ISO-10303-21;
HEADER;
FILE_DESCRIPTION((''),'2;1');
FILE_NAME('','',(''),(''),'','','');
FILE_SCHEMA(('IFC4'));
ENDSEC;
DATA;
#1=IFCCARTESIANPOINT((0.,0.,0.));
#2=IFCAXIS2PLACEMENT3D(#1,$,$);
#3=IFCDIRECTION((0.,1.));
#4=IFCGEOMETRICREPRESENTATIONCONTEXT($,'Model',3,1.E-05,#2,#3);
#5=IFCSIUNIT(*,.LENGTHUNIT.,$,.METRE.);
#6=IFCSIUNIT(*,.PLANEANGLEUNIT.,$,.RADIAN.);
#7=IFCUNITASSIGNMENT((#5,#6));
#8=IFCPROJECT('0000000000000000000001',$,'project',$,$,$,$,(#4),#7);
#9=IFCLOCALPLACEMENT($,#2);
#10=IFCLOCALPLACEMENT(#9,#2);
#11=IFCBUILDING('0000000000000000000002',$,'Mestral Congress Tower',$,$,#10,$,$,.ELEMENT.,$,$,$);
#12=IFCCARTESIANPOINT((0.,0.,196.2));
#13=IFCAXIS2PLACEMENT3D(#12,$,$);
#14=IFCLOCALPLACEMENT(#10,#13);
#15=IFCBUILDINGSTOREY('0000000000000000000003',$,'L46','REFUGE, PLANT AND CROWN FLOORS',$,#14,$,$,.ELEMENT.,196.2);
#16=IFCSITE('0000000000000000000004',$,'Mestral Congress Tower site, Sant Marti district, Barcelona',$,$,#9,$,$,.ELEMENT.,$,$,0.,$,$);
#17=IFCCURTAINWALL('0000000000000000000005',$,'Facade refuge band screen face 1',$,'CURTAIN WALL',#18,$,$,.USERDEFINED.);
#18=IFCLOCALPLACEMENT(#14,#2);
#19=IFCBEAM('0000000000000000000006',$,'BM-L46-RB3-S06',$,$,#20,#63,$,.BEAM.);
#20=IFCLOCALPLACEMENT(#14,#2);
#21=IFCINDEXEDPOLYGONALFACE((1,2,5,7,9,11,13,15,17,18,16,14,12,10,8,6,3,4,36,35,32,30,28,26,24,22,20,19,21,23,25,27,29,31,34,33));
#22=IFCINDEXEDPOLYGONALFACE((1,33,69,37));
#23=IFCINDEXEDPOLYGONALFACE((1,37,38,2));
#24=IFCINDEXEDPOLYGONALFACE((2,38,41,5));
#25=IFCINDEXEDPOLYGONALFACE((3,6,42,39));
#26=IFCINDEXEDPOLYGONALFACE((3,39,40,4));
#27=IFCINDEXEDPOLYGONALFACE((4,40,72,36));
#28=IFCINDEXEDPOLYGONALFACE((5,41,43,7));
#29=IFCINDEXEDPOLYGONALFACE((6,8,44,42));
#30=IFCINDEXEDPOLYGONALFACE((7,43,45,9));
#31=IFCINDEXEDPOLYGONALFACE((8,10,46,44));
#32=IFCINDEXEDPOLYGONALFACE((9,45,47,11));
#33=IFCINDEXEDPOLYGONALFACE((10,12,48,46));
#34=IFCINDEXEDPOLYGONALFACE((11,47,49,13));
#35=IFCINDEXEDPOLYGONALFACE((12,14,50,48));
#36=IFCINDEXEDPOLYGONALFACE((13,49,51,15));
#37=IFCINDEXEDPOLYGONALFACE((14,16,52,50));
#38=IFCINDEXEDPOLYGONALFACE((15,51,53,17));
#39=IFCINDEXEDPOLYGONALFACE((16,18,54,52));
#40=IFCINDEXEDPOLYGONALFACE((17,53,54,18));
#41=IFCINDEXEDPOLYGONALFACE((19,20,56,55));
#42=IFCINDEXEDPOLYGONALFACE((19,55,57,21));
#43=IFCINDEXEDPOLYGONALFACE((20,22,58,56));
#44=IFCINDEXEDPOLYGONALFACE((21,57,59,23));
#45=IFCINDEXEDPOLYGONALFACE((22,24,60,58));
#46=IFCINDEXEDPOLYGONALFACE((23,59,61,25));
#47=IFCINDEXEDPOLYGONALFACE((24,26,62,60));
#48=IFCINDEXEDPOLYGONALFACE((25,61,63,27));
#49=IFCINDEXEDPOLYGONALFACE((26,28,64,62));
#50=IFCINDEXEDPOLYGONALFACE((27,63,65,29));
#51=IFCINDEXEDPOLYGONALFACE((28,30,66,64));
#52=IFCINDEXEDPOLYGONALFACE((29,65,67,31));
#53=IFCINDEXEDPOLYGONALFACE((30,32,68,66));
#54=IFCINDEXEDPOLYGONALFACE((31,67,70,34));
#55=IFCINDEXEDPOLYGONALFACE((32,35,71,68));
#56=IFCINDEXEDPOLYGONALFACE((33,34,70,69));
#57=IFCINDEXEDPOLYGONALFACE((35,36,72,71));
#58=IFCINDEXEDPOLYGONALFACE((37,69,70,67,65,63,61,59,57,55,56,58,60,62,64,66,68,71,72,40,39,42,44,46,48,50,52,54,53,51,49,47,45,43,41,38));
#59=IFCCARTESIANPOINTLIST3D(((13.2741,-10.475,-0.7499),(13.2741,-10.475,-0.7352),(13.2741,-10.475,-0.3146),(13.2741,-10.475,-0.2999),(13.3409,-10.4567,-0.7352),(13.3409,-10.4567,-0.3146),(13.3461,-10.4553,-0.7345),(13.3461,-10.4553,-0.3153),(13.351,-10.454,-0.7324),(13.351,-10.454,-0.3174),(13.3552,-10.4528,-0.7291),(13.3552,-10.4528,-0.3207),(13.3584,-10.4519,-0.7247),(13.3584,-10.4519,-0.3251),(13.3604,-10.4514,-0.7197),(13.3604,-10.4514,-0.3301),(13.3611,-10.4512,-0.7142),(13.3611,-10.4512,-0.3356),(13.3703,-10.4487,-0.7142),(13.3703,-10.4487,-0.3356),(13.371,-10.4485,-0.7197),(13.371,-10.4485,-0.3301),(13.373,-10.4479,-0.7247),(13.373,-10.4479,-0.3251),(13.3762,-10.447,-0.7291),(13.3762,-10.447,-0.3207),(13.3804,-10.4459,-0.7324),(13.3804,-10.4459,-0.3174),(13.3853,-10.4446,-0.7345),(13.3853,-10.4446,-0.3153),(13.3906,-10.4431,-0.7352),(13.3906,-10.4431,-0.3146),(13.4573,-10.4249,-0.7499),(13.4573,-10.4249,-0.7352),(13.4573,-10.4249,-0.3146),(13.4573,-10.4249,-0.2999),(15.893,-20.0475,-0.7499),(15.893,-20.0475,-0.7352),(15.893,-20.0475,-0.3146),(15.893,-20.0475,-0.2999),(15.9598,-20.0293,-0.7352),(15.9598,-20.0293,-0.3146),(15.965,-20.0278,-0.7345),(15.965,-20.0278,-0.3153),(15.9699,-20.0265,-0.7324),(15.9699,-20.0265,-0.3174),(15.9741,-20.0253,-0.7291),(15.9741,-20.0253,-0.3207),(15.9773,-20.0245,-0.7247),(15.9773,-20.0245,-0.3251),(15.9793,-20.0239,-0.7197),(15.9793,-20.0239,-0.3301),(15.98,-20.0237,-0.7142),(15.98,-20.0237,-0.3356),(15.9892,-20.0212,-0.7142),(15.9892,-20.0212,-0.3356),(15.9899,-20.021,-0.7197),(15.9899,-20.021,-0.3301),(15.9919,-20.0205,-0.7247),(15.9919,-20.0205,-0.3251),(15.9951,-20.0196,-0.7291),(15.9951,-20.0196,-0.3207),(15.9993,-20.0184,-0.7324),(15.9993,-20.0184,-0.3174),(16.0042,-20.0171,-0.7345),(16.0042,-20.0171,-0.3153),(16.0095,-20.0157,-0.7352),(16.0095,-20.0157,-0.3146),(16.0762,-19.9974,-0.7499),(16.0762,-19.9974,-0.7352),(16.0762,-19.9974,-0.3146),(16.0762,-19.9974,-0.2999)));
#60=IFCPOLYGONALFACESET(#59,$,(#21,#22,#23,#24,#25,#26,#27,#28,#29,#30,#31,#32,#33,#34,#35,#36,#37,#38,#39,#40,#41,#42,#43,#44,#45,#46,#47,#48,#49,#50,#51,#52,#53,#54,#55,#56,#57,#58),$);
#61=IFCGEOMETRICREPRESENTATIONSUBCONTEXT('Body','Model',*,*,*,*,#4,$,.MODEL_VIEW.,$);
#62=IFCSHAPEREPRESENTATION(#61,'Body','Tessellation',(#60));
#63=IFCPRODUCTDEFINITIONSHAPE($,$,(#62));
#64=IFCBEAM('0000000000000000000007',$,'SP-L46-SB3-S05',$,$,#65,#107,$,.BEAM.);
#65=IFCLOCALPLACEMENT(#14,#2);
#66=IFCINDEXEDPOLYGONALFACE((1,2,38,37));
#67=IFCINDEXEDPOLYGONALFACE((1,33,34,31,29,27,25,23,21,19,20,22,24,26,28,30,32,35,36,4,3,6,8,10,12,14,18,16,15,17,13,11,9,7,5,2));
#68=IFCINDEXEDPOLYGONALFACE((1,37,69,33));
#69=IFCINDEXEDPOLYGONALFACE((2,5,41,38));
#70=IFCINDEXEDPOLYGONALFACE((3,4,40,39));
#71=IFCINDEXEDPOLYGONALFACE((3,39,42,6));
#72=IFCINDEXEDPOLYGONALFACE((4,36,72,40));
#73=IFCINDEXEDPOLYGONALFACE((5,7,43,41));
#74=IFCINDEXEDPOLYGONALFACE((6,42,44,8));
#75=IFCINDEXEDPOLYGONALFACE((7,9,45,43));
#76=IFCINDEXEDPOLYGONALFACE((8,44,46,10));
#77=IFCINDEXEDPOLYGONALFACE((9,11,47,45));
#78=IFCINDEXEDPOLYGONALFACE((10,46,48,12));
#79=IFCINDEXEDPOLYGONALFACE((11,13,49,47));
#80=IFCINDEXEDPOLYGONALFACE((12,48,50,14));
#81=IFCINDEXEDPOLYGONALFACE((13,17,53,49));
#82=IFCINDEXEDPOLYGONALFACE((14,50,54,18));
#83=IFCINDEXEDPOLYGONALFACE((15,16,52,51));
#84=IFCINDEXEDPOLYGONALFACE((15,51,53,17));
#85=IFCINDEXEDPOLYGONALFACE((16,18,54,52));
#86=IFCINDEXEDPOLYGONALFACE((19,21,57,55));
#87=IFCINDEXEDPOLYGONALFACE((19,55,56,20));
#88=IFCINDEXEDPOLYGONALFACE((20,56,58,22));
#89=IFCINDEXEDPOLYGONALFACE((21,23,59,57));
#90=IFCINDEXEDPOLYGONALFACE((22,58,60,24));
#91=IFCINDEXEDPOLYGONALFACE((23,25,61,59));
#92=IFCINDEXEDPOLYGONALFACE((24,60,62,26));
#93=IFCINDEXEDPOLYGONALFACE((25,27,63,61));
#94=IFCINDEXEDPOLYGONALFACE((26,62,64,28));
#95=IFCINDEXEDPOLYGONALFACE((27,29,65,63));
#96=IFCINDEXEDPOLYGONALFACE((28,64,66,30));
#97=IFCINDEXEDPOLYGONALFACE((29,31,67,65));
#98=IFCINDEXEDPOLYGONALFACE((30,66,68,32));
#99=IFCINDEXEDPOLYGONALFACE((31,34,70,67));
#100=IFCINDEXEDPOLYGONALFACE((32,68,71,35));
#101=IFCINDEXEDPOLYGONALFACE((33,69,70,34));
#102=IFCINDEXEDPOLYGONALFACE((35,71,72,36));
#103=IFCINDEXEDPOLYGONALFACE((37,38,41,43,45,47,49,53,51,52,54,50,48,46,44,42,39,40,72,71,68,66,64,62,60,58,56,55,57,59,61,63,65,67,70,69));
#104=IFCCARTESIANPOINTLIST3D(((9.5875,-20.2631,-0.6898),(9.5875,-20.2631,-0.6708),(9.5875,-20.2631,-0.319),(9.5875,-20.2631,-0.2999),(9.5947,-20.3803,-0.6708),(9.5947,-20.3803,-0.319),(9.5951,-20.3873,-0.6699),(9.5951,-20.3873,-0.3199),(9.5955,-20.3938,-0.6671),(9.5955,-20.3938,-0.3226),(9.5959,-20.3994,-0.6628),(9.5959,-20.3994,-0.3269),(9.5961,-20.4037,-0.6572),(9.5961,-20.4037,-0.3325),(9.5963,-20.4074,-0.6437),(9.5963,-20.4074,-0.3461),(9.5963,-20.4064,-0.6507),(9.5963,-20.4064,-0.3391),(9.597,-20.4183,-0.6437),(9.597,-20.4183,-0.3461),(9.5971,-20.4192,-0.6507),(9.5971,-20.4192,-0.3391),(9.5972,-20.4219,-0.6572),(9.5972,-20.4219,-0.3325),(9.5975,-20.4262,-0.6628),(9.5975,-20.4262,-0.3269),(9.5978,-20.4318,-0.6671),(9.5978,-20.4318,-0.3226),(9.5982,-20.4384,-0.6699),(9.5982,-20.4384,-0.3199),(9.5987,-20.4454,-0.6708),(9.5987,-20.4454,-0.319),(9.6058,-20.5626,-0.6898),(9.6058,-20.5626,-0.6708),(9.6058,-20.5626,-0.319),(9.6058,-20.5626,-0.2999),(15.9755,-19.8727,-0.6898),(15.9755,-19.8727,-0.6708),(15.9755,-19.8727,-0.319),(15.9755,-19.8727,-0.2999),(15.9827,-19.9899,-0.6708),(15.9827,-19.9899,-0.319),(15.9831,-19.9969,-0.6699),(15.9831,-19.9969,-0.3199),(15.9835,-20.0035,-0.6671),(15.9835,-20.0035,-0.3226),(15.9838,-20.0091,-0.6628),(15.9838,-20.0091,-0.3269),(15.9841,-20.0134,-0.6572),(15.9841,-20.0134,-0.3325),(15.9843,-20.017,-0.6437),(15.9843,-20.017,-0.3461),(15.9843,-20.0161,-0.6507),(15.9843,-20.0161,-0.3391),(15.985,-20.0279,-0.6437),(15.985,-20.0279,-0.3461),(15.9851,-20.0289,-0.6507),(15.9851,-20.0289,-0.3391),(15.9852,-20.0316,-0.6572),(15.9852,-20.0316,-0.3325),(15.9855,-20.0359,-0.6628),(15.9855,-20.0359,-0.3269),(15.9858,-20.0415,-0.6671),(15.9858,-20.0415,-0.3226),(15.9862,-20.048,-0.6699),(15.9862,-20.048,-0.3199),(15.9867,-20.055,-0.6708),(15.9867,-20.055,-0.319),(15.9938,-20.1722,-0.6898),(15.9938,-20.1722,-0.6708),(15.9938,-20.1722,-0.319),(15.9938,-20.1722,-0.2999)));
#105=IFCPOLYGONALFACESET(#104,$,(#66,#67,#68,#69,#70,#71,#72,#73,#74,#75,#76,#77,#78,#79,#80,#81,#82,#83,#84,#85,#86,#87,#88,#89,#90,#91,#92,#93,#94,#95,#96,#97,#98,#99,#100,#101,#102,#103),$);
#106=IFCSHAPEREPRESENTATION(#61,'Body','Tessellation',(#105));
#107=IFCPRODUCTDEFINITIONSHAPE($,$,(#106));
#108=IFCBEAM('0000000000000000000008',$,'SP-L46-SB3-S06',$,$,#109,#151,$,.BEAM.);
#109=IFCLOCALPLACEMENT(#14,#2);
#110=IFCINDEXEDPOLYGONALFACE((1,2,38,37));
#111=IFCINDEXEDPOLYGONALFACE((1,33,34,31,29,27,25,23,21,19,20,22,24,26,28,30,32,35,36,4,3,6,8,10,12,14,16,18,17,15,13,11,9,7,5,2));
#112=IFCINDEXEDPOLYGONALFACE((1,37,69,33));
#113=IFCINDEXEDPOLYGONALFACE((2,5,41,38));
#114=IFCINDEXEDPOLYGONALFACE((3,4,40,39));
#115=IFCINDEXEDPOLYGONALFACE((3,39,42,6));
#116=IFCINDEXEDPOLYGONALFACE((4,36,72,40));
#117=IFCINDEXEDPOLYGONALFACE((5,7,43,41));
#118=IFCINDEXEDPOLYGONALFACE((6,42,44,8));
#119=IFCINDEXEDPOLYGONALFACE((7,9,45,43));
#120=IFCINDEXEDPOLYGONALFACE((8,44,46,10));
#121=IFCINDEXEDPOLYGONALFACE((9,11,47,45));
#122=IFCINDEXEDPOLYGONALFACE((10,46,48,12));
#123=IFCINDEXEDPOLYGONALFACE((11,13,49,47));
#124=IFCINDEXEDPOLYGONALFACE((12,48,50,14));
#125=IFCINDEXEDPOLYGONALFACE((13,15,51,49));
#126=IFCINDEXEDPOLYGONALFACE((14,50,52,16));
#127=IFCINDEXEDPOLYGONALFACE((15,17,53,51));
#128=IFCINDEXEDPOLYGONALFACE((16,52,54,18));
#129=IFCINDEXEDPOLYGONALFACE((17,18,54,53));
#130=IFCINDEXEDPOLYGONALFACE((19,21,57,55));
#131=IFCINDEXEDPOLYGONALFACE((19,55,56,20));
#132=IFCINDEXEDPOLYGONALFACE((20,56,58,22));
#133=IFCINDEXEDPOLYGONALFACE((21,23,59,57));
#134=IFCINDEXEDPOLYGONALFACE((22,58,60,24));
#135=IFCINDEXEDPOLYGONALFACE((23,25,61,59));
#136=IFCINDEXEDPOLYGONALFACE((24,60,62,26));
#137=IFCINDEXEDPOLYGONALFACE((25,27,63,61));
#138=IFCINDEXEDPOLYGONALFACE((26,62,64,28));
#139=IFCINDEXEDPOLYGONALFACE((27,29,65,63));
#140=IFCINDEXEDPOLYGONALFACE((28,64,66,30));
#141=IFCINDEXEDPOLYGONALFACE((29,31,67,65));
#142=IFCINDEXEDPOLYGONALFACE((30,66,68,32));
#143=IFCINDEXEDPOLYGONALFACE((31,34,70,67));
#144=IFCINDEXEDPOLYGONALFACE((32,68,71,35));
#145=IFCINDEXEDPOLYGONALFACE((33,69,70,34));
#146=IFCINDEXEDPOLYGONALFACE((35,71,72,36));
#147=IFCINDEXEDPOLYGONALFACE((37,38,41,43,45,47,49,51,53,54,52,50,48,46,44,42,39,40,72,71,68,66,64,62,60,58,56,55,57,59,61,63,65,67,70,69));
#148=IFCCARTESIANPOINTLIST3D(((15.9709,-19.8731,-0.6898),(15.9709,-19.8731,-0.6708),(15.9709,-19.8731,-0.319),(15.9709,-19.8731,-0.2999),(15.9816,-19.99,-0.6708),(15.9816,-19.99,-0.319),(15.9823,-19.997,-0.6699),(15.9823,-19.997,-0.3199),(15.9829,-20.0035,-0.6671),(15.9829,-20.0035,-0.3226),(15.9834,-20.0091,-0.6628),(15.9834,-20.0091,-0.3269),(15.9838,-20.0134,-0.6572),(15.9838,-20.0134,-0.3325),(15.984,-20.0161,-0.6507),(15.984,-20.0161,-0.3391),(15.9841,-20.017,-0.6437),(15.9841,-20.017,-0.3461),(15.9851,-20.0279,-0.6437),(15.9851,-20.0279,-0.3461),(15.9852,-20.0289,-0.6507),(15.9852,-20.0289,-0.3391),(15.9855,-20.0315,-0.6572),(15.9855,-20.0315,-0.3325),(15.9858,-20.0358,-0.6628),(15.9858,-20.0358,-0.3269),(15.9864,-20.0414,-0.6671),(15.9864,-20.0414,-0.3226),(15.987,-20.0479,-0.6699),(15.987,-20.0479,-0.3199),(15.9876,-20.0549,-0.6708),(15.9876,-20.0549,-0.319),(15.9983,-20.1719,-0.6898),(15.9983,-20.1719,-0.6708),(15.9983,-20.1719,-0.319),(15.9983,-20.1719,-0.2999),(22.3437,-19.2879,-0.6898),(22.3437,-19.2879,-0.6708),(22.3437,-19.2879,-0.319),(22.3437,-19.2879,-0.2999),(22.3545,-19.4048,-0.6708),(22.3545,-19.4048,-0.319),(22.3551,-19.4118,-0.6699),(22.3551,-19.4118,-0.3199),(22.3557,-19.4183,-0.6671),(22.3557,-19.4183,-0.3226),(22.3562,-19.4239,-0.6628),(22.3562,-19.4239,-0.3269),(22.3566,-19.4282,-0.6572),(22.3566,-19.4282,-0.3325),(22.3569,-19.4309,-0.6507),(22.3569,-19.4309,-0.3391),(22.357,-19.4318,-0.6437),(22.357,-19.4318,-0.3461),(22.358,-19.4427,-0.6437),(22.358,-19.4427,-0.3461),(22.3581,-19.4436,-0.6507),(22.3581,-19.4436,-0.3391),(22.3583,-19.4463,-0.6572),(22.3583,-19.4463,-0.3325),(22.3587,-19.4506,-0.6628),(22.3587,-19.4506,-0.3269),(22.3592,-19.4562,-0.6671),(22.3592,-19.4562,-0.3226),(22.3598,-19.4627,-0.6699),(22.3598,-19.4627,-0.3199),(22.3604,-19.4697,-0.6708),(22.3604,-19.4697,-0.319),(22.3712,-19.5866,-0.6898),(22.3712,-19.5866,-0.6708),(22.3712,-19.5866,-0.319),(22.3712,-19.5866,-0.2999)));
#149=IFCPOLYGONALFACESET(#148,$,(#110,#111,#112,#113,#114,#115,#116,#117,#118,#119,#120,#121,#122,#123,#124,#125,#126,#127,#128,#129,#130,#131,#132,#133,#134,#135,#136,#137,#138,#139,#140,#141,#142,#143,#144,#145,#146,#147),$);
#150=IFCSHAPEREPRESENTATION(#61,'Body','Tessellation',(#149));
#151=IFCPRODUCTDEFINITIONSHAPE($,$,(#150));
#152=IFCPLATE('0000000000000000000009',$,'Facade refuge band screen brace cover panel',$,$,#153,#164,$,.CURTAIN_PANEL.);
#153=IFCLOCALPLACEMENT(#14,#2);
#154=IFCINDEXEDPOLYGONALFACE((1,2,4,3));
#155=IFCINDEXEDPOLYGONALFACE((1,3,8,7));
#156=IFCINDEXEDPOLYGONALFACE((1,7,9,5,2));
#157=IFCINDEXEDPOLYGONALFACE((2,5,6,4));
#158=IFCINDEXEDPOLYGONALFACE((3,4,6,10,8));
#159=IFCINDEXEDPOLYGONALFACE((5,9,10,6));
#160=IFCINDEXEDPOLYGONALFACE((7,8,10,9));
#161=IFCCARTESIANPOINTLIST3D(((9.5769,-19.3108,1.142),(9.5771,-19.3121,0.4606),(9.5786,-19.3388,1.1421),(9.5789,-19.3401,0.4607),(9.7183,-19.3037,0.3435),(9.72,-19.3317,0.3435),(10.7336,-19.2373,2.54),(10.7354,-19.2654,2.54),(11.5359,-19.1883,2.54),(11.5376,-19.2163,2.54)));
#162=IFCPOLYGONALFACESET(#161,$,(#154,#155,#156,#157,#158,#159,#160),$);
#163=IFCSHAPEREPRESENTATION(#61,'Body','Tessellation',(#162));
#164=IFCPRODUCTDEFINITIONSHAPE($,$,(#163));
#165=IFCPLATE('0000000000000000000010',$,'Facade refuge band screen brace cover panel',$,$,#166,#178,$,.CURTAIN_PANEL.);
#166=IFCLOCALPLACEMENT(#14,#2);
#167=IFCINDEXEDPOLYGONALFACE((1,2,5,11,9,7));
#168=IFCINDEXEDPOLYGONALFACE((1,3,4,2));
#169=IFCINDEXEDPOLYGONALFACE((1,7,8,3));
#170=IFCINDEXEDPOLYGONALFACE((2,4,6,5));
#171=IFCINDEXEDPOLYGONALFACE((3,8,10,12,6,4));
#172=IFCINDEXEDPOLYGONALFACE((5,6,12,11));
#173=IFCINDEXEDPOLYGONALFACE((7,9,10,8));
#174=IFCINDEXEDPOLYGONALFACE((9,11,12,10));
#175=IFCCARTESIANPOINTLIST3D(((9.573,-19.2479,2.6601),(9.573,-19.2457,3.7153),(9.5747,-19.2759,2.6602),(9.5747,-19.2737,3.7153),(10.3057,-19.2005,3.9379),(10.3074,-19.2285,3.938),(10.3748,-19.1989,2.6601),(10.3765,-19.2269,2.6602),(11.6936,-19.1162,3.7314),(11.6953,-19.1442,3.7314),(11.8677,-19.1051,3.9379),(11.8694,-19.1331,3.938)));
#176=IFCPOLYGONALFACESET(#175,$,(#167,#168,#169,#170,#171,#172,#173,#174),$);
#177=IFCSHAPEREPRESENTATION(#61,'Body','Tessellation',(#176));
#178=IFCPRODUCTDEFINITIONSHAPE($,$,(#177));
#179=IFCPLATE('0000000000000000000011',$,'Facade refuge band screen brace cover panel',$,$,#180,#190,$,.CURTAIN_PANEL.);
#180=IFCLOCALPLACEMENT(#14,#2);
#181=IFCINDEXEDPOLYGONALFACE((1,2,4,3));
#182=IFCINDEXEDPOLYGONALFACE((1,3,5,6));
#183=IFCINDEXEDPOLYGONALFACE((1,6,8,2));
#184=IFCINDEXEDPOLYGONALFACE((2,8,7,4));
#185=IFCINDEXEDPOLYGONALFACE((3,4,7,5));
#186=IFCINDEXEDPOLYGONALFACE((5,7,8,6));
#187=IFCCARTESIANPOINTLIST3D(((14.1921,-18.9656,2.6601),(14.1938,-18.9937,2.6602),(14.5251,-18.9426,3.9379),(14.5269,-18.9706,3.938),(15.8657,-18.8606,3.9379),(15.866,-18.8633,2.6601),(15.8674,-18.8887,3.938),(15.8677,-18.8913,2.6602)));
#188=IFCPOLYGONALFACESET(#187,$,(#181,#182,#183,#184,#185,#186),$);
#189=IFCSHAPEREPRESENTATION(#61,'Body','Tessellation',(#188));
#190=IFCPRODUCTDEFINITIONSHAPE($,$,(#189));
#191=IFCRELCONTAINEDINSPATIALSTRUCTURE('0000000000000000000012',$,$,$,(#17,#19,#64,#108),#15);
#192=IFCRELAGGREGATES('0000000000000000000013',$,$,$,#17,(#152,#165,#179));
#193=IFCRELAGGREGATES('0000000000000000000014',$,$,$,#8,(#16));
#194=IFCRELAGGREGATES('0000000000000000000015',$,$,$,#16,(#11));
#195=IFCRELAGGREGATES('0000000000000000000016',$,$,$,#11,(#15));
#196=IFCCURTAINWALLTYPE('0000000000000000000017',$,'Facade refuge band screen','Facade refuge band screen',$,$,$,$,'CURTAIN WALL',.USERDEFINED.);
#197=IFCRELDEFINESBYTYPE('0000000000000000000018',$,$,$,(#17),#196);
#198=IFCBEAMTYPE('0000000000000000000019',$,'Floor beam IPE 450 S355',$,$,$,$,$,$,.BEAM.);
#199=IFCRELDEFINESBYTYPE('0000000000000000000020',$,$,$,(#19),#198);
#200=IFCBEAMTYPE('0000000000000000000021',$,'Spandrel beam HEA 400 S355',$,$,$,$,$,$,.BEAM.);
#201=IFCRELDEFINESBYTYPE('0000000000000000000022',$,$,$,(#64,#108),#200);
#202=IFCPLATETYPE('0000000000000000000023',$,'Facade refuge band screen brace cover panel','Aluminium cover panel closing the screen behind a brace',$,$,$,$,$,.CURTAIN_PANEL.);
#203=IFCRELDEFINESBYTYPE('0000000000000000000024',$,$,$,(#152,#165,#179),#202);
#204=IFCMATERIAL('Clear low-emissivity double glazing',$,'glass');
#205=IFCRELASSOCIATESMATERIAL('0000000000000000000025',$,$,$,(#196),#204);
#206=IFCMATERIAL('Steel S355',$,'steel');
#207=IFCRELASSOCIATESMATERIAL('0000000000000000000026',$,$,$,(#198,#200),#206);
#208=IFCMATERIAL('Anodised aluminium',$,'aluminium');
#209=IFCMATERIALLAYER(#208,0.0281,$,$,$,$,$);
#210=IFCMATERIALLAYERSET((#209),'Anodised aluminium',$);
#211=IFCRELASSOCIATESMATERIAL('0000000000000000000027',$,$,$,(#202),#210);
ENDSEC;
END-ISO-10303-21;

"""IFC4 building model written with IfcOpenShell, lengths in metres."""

from ifc_helpers import new_model, si_unit, direction, frame, origin, origin_2d, place, context, subcontext, project, spatial, polyline, i_section, outline, extrude, material, layer, layer_set, material_profile, profile_set, type_object, element, aggregate, save


model = new_model("IFC4")

# Units and contexts
model_context = context("Model", 3, precision=1e-05, world=origin(), true_north=direction((0.0, 1.0)))
body_context = subcontext(model_context, "Body", "Model", "MODEL_VIEW")
ifc_project = project(units=[si_unit("LENGTHUNIT", "METRE"), si_unit("PLANEANGLEUNIT", "RADIAN")], contexts=[model_context])

# Site, building, storey
site_placement = place(None, origin())
site = spatial("IfcSite", under=ifc_project, at=site_placement, Name="Mestral Congress Tower site, Sant Marti district, Barcelona", CompositionType="ELEMENT", RefElevation=0.0)
building_placement = place(site_placement, origin())
building = spatial("IfcBuilding", under=site, at=building_placement, Name="Mestral Congress Tower", CompositionType="ELEMENT")
storey_placement = place(building_placement, frame((0.0, 0.0, 196.2)))
storey = spatial("IfcBuildingStorey", under=building, at=storey_placement, Name="L46", Description="REFUGE, PLANT AND CROWN FLOORS", CompositionType="ELEMENT", Elevation=196.2)

# Shared definitions
ifc_material_1 = material(Name="Steel S355", Category="steel")

# Curtain wall
ifc_material_2 = material(Name="Clear low-emissivity double glazing", Category="glass")
curtain_wall_type = type_object("IfcCurtainWallType", Name="Facade refuge band screen", Description="Facade refuge band screen", ElementType="CURTAIN WALL", PredefinedType="USERDEFINED", material=ifc_material_2)
curtain_wall_placement = place(storey_placement, origin())
curtain_wall = element("IfcCurtainWall", 1, at=curtain_wall_placement, inside=storey, type_object=curtain_wall_type, Name="Facade refuge band screen face 1", ObjectType="CURTAIN WALL", PredefinedType="USERDEFINED")
ifc_material_3 = material(Name="Anodised aluminium", Category="aluminium")

# Beams
ifc_material_profile_1 = material_profile(ifc_material_1, i_section(OverallWidth=0.1899, OverallDepth=0.45, WebThickness=0.0095, FlangeThickness=0.0146, FilletRadius=0.021, at=origin_2d()), Name="IPE 450")
ifc_profile_set_1 = profile_set([ifc_material_profile_1], Name="Steel S355")
beam_type_1 = type_object("IfcBeamType", Name="Floor beam IPE 450 S355", PredefinedType="BEAM", material=ifc_profile_set_1)
beam_1_placement = place(storey_placement, frame((15.9846, -20.0225, -0.5249), z_axis=(-0.263888, 0.964553, 0.0), x_axis=(-0.964553, -0.263888, 0.0)))
element("IfcBeam", 2, at=beam_1_placement, inside=storey, type_object=beam_type_1, Name="BM-L46-RB3-S06", PredefinedType="BEAM", context=body_context, shape_type="SweptSolid", body=[
    extrude(i_section(OverallWidth=0.1899, OverallDepth=0.45, WebThickness=0.0095, FlangeThickness=0.0146, FilletRadius=0.021, at=origin_2d()), origin(), (0.0, 0.0, 1.0), 9.9243),
])
ifc_material_profile_2 = material_profile(ifc_material_1, i_section(OverallWidth=0.3, OverallDepth=0.3899, WebThickness=0.011, FlangeThickness=0.019, FilletRadius=0.0271, at=origin_2d()), Name="HEA 400")
ifc_profile_set_2 = profile_set([ifc_material_profile_2], Name="Steel S355")
beam_type_2 = type_object("IfcBeamType", Name="Spandrel beam HEA 400 S355", PredefinedType="BEAM", material=ifc_profile_set_2)
beam_2_placement = place(storey_placement, frame((9.5967, -20.4128, -0.4949), z_axis=(0.998138, 0.060998, 0.0), x_axis=(-0.060998, 0.998138, 0.0)))
element("IfcBeam", 3, at=beam_2_placement, inside=storey, type_object=beam_type_2, Name="SP-L46-SB3-S05", PredefinedType="BEAM", context=body_context, shape_type="SweptSolid", body=[
    extrude(i_section(OverallWidth=0.3, OverallDepth=0.3899, WebThickness=0.011, FlangeThickness=0.019, FilletRadius=0.0271, at=origin_2d()), origin(), (0.0, 0.0, 1.0), 6.3999),
])
beam_3_placement = place(storey_placement, frame((15.9846, -20.0225, -0.4949), z_axis=(0.99581, 0.091444, 0.0), x_axis=(-0.091444, 0.99581, 0.0)))
element("IfcBeam", 4, at=beam_3_placement, inside=storey, type_object=beam_type_2, Name="SP-L46-SB3-S06", PredefinedType="BEAM", context=body_context, shape_type="SweptSolid", body=[
    extrude(i_section(OverallWidth=0.3, OverallDepth=0.3899, WebThickness=0.011, FlangeThickness=0.019, FilletRadius=0.0271, at=origin_2d()), origin(), (0.0, 0.0, 1.0), 6.3997),
])

# Plates
ifc_layer_1 = layer(ifc_material_3, 0.0281)
ifc_layer_set_1 = layer_set([ifc_layer_1], Name="Anodised aluminium")
plate_type_1 = type_object("IfcPlateType", Name="Facade refuge band screen brace cover panel", Description="Aluminium cover panel closing the screen behind a brace", PredefinedType="CURTAIN_PANEL", material=ifc_layer_set_1)
plate_1_placement = place(storey_placement, frame((11.5376, -19.2163, 2.54), z_axis=(0.061024, -0.998134, 0.001949), x_axis=(-0.637006, -0.040449, -0.769797)))
plate_1 = element("IfcPlate", 5, at=plate_1_placement, type_object=plate_type_1, Name="Facade refuge band screen brace cover panel", PredefinedType="CURTAIN_PANEL", context=body_context, shape_type="SweptSolid", body=[
    extrude(outline(polyline([(0.0, 0.0), (2.8534, 0.0), (2.8534, -0.1836), (2.329, -0.6187), (0.513, -0.6187), (0.0, 0.0)])), origin(), (0.0, 0.0, -1.0), 0.0281),
])
plate_2_placement = place(storey_placement, frame((10.3074, -19.2285, 3.938), z_axis=(0.060943, -0.998139, 0.002059), x_axis=(0.998141, 0.060943, 0.0)))
plate_2 = element("IfcPlate", 6, at=plate_2_placement, type_object=plate_type_1, Name="Facade refuge band screen brace cover panel", PredefinedType="CURTAIN_PANEL", context=body_context, shape_type="SweptSolid", body=[
    extrude(outline(polyline([(0.0, 0.0), (1.5649, 0.0), (1.3905, -0.2065), (0.0691, -1.2778), (-0.7342, -1.2778), (-0.7341, -0.2227), (0.0, 0.0)])), origin(), (0.0, 0.0, -1.0), 0.0281),
])
plate_3_placement = place(storey_placement, frame((15.8674, -18.8887, 3.938), z_axis=(0.061034, -0.998134, 0.002065), x_axis=(0.000188, -0.002057, -0.999998)))
plate_3 = element("IfcPlate", 7, at=plate_3_placement, type_object=plate_type_1, Name="Facade refuge band screen brace cover panel", PredefinedType="CURTAIN_PANEL", context=body_context, shape_type="SweptSolid", body=[
    extrude(outline(polyline([(0.0, 0.0), (1.2778, 0.0), (1.2777, -1.677), (-0.0001, -1.3431), (0.0, 0.0)])), origin(), (0.0, 0.0, -1.0), 0.0281),
])

aggregate(curtain_wall, [plate_1, plate_2, plate_3])

save(model, "model.ifc")
